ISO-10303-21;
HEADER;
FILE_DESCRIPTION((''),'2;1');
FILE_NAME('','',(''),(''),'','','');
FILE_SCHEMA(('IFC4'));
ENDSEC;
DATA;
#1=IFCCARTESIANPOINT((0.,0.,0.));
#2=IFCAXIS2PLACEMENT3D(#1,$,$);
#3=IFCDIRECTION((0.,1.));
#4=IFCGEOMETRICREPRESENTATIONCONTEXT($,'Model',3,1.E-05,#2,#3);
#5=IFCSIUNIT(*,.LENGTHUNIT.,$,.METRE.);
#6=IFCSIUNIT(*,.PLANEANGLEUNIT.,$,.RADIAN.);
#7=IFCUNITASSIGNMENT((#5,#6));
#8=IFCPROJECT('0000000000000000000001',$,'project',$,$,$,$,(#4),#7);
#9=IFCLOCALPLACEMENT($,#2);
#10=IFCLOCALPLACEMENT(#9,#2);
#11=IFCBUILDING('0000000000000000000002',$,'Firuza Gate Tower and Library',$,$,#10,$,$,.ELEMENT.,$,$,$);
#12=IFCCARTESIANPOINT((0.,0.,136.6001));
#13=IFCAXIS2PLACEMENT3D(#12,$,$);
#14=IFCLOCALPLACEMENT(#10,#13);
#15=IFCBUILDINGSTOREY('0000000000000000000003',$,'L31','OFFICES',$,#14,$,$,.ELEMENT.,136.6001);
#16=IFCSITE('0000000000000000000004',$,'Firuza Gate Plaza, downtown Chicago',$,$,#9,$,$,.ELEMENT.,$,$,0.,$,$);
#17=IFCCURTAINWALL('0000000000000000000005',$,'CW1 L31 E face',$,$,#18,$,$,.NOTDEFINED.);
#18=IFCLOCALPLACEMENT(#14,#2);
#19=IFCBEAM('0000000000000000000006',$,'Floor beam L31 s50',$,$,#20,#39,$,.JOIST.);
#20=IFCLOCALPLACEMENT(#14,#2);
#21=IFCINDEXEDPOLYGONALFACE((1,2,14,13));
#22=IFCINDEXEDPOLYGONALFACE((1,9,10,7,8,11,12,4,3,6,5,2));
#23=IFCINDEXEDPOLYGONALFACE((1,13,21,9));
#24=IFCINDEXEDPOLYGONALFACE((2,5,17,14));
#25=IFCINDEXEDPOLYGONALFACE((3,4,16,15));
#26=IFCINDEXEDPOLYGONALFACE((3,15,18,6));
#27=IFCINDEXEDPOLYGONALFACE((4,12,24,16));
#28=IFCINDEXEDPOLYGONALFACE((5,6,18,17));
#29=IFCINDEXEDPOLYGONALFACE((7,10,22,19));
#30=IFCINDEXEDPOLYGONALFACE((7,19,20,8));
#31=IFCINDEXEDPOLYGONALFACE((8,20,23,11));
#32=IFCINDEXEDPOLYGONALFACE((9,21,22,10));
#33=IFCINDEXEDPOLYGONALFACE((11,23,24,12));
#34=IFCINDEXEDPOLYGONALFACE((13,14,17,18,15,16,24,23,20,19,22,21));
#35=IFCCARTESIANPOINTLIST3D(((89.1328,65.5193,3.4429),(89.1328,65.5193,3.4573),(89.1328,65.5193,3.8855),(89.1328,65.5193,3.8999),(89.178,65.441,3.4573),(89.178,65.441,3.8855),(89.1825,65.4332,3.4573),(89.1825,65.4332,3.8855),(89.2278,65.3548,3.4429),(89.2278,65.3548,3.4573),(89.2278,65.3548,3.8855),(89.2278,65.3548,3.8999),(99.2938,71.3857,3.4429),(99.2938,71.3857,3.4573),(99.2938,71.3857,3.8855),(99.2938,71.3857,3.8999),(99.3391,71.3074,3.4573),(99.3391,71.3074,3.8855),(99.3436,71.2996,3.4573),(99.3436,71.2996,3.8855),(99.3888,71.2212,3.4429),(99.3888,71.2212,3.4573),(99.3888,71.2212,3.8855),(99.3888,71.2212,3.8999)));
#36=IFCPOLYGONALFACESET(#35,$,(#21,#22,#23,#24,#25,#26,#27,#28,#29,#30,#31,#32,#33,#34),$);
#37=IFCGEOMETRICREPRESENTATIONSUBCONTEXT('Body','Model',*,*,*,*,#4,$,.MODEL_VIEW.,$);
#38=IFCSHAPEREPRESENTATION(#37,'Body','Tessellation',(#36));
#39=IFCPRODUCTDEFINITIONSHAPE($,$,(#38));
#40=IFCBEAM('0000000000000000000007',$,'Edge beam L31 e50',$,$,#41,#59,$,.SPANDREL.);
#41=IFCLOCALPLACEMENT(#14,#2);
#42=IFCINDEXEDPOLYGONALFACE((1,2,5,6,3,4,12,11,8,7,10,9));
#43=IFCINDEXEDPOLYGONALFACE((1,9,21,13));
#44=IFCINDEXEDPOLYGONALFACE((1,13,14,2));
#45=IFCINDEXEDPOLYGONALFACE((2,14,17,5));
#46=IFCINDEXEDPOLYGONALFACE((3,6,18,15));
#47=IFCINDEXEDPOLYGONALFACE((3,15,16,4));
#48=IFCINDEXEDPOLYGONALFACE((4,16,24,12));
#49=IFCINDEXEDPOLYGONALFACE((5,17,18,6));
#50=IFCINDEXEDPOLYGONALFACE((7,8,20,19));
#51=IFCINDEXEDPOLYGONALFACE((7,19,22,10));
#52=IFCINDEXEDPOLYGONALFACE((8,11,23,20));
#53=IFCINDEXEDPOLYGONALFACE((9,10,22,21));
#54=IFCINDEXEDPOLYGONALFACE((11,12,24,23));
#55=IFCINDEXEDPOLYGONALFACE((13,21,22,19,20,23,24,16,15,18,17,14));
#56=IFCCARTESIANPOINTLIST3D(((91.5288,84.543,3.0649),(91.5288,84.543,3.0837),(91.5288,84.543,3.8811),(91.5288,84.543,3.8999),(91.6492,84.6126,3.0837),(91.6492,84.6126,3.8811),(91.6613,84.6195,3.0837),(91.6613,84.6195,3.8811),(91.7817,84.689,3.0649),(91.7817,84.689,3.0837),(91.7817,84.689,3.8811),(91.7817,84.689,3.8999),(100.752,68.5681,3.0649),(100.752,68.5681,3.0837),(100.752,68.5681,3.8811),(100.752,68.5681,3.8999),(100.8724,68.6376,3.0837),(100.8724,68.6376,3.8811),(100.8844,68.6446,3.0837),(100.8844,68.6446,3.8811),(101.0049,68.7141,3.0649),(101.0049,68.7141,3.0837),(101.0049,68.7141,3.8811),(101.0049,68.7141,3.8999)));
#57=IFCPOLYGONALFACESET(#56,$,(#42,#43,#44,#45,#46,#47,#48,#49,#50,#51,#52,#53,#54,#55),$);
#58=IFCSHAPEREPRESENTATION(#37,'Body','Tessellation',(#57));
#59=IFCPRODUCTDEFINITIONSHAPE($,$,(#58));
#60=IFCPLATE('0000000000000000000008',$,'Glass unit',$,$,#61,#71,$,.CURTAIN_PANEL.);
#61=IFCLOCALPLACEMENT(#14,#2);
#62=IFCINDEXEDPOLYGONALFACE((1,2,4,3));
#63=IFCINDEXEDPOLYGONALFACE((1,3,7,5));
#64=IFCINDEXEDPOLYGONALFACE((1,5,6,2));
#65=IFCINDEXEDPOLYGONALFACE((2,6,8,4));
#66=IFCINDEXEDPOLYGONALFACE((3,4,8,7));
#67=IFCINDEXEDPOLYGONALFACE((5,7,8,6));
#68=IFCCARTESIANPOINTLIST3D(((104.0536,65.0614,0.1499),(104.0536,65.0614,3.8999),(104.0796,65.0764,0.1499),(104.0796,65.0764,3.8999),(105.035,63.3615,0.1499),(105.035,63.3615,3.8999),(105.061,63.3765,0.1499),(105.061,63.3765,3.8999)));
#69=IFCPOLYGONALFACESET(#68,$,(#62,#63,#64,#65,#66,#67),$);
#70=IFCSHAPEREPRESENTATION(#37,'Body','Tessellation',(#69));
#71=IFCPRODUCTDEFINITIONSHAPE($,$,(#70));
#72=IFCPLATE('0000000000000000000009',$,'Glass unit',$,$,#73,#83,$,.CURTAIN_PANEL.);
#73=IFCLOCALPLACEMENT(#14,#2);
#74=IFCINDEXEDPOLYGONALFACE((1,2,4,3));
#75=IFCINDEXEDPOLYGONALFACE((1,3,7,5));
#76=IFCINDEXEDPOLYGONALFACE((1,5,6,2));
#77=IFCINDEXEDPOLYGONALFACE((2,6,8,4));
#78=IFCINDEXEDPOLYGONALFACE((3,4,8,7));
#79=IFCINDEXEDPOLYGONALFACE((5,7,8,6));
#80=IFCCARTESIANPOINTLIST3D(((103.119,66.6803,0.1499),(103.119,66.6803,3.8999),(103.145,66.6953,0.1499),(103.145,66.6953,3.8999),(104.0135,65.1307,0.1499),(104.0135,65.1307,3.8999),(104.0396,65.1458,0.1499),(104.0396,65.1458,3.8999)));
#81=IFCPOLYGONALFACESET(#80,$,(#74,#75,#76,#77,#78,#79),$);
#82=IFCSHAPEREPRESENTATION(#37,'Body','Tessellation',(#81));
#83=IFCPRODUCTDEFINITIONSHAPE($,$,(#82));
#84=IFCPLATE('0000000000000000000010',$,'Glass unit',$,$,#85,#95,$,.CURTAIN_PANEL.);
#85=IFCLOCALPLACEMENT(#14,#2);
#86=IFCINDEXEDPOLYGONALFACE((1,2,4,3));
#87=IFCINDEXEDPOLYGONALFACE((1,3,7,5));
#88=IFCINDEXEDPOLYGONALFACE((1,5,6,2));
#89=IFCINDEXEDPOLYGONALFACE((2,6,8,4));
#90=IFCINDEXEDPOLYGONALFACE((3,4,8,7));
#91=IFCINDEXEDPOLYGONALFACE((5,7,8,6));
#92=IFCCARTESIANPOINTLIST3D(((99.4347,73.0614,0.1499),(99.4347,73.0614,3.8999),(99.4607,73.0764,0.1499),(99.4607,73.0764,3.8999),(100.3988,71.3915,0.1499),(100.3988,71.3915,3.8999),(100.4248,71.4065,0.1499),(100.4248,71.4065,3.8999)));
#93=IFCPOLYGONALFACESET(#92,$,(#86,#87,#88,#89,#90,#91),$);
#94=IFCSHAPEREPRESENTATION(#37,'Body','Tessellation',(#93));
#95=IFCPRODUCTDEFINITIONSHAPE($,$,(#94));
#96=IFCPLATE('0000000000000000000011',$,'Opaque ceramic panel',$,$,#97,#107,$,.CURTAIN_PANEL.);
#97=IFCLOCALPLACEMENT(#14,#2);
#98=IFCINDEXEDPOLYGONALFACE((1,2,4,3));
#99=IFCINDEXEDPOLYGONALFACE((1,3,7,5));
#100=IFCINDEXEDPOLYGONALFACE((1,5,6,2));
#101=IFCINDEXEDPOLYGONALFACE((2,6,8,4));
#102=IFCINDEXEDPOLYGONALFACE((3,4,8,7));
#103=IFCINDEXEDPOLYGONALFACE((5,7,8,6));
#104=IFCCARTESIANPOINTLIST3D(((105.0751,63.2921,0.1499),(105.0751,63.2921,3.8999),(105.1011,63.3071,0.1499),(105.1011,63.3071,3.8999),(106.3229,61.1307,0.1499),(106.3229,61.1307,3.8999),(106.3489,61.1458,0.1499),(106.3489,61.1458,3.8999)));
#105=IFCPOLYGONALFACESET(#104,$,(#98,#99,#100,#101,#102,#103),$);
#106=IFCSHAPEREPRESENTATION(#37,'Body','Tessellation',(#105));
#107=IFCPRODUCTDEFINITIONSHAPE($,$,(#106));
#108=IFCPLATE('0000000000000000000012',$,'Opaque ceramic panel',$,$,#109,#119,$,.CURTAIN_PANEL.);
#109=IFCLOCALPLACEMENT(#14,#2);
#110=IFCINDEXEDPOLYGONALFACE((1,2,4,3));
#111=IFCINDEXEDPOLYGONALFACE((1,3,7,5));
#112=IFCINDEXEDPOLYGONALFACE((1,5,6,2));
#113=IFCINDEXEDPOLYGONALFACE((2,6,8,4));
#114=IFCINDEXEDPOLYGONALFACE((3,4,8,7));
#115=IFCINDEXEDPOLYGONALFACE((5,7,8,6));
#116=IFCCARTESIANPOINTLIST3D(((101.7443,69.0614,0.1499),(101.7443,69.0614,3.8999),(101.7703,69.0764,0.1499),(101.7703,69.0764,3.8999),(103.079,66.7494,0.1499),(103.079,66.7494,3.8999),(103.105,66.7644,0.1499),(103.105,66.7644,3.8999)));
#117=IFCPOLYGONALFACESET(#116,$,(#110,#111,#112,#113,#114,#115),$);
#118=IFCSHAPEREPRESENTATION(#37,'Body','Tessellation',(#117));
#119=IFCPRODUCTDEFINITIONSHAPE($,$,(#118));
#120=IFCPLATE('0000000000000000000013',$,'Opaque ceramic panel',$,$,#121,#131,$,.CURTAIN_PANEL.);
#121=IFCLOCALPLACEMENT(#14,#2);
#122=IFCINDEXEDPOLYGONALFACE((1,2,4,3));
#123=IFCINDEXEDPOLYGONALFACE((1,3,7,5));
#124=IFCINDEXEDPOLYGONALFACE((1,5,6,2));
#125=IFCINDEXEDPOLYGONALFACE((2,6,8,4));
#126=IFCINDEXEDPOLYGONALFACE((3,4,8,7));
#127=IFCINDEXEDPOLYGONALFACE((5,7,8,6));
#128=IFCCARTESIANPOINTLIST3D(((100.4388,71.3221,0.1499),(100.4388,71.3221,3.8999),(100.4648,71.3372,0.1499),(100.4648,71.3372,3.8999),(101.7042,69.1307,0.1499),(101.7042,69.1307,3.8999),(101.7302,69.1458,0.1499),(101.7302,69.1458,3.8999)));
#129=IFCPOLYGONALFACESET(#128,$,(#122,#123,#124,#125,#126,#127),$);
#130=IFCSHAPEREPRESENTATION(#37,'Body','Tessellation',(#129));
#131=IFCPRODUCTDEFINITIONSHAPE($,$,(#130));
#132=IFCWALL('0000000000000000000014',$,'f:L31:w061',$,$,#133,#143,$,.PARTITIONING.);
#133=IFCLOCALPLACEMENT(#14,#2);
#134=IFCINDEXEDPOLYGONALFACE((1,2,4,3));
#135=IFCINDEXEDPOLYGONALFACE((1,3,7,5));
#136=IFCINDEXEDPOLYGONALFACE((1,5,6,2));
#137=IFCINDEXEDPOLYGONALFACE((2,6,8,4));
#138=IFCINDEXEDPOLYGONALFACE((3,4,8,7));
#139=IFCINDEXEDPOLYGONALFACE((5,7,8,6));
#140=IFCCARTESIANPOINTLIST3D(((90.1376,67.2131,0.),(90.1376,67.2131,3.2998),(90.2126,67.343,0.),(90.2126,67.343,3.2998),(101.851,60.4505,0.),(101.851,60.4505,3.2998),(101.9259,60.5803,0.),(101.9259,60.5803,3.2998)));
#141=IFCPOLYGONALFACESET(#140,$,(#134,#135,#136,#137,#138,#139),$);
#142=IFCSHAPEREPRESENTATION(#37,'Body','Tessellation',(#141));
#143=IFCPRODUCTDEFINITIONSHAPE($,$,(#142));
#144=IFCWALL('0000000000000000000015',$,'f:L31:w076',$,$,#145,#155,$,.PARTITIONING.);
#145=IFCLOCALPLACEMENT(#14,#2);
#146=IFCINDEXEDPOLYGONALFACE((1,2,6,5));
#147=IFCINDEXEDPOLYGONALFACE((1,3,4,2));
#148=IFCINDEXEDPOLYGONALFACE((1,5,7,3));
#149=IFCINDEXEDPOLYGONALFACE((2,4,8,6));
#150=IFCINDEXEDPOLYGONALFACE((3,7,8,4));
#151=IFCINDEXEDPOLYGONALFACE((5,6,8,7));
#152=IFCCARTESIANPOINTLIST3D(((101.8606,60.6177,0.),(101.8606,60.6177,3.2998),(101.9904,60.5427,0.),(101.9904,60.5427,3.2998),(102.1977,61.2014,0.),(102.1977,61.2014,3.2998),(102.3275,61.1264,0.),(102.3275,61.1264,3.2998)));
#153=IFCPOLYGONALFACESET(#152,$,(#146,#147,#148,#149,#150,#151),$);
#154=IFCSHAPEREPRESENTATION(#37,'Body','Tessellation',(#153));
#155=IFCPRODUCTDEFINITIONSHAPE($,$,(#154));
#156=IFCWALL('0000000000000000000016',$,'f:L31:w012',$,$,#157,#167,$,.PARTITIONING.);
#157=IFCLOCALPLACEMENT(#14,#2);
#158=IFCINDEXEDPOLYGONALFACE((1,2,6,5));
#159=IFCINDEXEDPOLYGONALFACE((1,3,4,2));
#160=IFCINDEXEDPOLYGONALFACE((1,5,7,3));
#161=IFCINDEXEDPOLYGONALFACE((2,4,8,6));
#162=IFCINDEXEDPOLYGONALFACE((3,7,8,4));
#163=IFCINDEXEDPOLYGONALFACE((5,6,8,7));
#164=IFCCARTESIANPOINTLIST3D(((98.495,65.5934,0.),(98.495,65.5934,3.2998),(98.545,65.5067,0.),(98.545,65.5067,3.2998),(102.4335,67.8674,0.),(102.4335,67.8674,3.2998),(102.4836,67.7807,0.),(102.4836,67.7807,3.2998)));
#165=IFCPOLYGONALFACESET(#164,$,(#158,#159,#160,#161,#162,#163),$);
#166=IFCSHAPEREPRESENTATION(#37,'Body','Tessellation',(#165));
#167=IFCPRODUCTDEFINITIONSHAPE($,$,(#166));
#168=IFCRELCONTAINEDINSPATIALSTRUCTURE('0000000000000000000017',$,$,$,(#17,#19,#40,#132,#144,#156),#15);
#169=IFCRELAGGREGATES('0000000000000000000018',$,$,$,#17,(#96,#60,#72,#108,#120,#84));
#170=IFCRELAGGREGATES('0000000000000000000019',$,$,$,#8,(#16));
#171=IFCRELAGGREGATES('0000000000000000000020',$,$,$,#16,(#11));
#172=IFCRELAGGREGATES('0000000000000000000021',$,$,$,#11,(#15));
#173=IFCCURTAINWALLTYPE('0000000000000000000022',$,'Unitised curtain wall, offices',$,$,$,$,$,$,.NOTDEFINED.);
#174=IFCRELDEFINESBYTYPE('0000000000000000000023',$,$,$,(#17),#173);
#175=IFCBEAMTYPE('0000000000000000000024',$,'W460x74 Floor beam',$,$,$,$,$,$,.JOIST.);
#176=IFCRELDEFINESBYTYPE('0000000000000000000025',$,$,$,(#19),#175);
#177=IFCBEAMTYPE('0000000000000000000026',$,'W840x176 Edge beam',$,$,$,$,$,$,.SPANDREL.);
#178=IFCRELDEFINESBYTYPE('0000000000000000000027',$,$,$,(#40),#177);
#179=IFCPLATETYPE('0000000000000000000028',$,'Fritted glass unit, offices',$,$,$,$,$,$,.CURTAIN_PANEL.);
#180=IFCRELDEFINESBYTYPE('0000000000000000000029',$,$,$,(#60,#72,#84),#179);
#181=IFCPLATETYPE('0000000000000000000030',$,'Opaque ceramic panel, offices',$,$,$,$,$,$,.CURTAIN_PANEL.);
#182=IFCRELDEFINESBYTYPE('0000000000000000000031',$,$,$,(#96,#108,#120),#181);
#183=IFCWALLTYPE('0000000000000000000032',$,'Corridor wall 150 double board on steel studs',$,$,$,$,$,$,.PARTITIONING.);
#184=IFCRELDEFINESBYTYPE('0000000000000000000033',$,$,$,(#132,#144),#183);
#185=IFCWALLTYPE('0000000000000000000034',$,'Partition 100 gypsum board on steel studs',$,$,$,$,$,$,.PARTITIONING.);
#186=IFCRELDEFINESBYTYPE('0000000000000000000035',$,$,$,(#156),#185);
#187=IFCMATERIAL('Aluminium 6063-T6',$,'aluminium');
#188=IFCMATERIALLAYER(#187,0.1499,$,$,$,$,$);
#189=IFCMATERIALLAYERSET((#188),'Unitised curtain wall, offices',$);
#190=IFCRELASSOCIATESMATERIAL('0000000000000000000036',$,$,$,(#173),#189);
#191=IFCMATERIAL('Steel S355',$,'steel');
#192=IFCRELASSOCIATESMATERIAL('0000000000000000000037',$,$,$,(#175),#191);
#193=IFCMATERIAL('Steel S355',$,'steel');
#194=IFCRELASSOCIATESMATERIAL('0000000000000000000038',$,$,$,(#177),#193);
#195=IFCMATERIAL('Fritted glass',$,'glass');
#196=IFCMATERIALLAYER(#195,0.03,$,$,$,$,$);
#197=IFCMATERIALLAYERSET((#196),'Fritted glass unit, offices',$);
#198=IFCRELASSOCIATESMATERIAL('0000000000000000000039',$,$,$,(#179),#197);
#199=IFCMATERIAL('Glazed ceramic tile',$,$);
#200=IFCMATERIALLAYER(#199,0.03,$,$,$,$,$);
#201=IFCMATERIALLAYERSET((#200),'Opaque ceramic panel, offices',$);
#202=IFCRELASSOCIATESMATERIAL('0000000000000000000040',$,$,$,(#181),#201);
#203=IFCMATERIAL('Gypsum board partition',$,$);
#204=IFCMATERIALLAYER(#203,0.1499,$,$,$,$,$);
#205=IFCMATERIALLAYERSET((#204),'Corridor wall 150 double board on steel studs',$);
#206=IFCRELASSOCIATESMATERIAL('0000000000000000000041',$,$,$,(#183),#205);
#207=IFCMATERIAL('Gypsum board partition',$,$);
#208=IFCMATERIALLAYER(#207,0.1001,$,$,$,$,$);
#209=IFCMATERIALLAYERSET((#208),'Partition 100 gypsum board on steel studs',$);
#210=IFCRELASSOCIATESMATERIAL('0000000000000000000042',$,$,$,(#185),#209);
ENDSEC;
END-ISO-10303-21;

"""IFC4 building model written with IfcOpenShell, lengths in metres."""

from ifc_helpers import new_model, si_unit, direction, frame, frame_2d, origin, origin_2d, place, context, subcontext, project, spatial, polyline, rectangle, i_section, outline, extrude, material, layer, layer_set, material_profile, profile_set, type_object, element, aggregate, save


model = new_model("IFC4")

# Units and contexts
model_context = context("Model", 3, precision=1e-05, world=origin(), true_north=direction((0.0, 1.0)))
body_context = subcontext(model_context, "Body", "Model", "MODEL_VIEW")
ifc_project = project(units=[si_unit("LENGTHUNIT", "METRE"), si_unit("PLANEANGLEUNIT", "RADIAN")], contexts=[model_context])

# Site, building, storey
site_placement = place(None, origin())
site = spatial("IfcSite", under=ifc_project, at=site_placement, Name="Firuza Gate Plaza, downtown Chicago", CompositionType="ELEMENT", RefElevation=0.0)
building_placement = place(site_placement, origin())
building = spatial("IfcBuilding", under=site, at=building_placement, Name="Firuza Gate Tower and Library", CompositionType="ELEMENT")
storey_placement = place(building_placement, frame((0.0, 0.0, 136.6001)))
storey = spatial("IfcBuildingStorey", under=building, at=storey_placement, Name="L31", Description="OFFICES", CompositionType="ELEMENT", Elevation=136.6001)

# Curtain wall
ifc_material_1 = material(Name="Aluminium 6063-T6", Category="aluminium")
ifc_layer_1 = layer(ifc_material_1, 0.1499)
ifc_layer_set_1 = layer_set([ifc_layer_1], Name="Unitised curtain wall, offices")
curtain_wall_type_1 = type_object("IfcCurtainWallType", Name="Unitised curtain wall, offices", PredefinedType="NOTDEFINED", material=ifc_layer_set_1)
placement = place(storey_placement, origin())
curtain_wall_1 = element("IfcCurtainWall", 1, at=placement, inside=storey, type_object=curtain_wall_type_1, Name="CW1 L31 E face", PredefinedType="NOTDEFINED")

# Beams
ifc_material_2 = material(Name="Steel S355", Category="steel")
ifc_material_profile_1 = material_profile(ifc_material_2, i_section(OverallWidth=0.1899, OverallDepth=0.457, WebThickness=0.009, FlangeThickness=0.0144, at=origin_2d()))
ifc_profile_set_1 = profile_set([ifc_material_profile_1], Name="Steel S355")
beam_type_1 = type_object("IfcBeamType", Name="W460x74 Floor beam", PredefinedType="JOIST", material=ifc_profile_set_1)
beam_1_placement = place(storey_placement, frame((99.3413, 71.3035, 3.6714), z_axis=(-0.866028, -0.499995, 0.0), x_axis=(0.499995, -0.866028, 0.0)))
element("IfcBeam", 2, at=beam_1_placement, inside=storey, type_object=beam_type_1, Name="Floor beam L31 s50", PredefinedType="JOIST", context=body_context, shape_type="SweptSolid", body=[
    extrude(i_section(OverallWidth=0.1899, OverallDepth=0.457, WebThickness=0.009, FlangeThickness=0.0144, at=origin_2d()), origin(), (0.0, 0.0, 1.0), 11.7329),
])
ifc_material_3 = material(Name="Steel S355", Category="steel")
ifc_material_profile_2 = material_profile(ifc_material_3, i_section(OverallWidth=0.292, OverallDepth=0.835, WebThickness=0.0139, FlangeThickness=0.0188, at=origin_2d()))
ifc_profile_set_2 = profile_set([ifc_material_profile_2], Name="Steel S355")
beam_type_2 = type_object("IfcBeamType", Name="W840x176 Edge beam", PredefinedType="SPANDREL", material=ifc_profile_set_2)
beam_2_placement = place(storey_placement, frame((100.8784, 68.6411, 3.4824), z_axis=(-0.500002, 0.866024, 0.0), x_axis=(-0.866024, -0.500002, 0.0)))
element("IfcBeam", 3, at=beam_2_placement, inside=storey, type_object=beam_type_2, Name="Edge beam L31 e50", PredefinedType="SPANDREL", context=body_context, shape_type="SweptSolid", body=[
    extrude(i_section(OverallWidth=0.292, OverallDepth=0.835, WebThickness=0.0139, FlangeThickness=0.0188, at=origin_2d()), origin(), (0.0, 0.0, 1.0), 18.4463),
])

# Plates
ifc_material_4 = material(Name="Fritted glass", Category="glass")
ifc_layer_2 = layer(ifc_material_4, 0.03)
ifc_layer_set_2 = layer_set([ifc_layer_2], Name="Fritted glass unit, offices")
plate_type_1 = type_object("IfcPlateType", Name="Fritted glass unit, offices", PredefinedType="CURTAIN_PANEL", material=ifc_layer_set_2)
plate_1_placement = place(storey_placement, frame((105.061, 63.3765, 0.1499), z_axis=(0.86603, 0.499992, 0.0), x_axis=(-0.499992, 0.86603, 0.0)))
plate_1 = element("IfcPlate", 4, at=plate_1_placement, type_object=plate_type_1, Name="Glass unit", PredefinedType="CURTAIN_PANEL", context=body_context, shape_type="SweptSolid", body=[
    extrude(outline(polyline([(0.0, 0.0), (1.9629, 0.0), (1.9629, 3.75), (0.0, 3.75), (0.0, 0.0)])), origin(), (0.0, 0.0, -1.0), 0.03),
])
plate_2_placement = place(storey_placement, frame((104.0396, 65.1458, 0.1499), z_axis=(0.866052, 0.499955, 0.0), x_axis=(-0.499955, 0.866052, 0.0)))
plate_2 = element("IfcPlate", 5, at=plate_2_placement, type_object=plate_type_1, Name="Glass unit", PredefinedType="CURTAIN_PANEL", context=body_context, shape_type="SweptSolid", body=[
    extrude(outline(polyline([(0.0, 0.0), (1.7892, 0.0), (1.7892, 3.75), (0.0, 3.75), (0.0, 0.0)])), origin(), (0.0, 0.0, -1.0), 0.03),
])
plate_3_placement = place(storey_placement, frame((100.4248, 71.4065, 0.1499), z_axis=(0.86603, 0.499993, 0.0), x_axis=(-0.499993, 0.86603, 0.0)))
plate_3 = element("IfcPlate", 6, at=plate_3_placement, type_object=plate_type_1, Name="Glass unit", PredefinedType="CURTAIN_PANEL", context=body_context, shape_type="SweptSolid", body=[
    extrude(outline(polyline([(0.0, 0.0), (1.9283, 0.0), (1.9283, 3.75), (0.0, 3.75), (0.0, 0.0)])), origin(), (0.0, 0.0, -1.0), 0.03),
])
ifc_material_5 = material(Name="Glazed ceramic tile")
ifc_layer_3 = layer(ifc_material_5, 0.03)
ifc_layer_set_3 = layer_set([ifc_layer_3], Name="Opaque ceramic panel, offices")
plate_type_2 = type_object("IfcPlateType", Name="Opaque ceramic panel, offices", PredefinedType="CURTAIN_PANEL", material=ifc_layer_set_3)
plate_4_placement = place(storey_placement, frame((106.3489, 61.1458, 0.1499), z_axis=(0.866037, 0.499979, 0.0), x_axis=(-0.499979, 0.866037, 0.0)))
plate_4 = element("IfcPlate", 7, at=plate_4_placement, type_object=plate_type_2, Name="Opaque ceramic panel", PredefinedType="CURTAIN_PANEL", context=body_context, shape_type="SweptSolid", body=[
    extrude(outline(polyline([(0.0, 0.0), (2.4957, 0.0), (2.4957, 3.75), (0.0, 3.75), (0.0, 0.0)])), origin(), (0.0, 0.0, -1.0), 0.03),
])
plate_5_placement = place(storey_placement, frame((103.105, 66.7644, 0.1499), z_axis=(0.866045, 0.499965, 0.0), x_axis=(-0.499965, 0.866045, 0.0)))
plate_5 = element("IfcPlate", 8, at=plate_5_placement, type_object=plate_type_2, Name="Opaque ceramic panel", PredefinedType="CURTAIN_PANEL", context=body_context, shape_type="SweptSolid", body=[
    extrude(outline(polyline([(0.0, 0.0), (2.6696, 0.0), (2.6696, 3.75), (0.0, 3.75), (0.0, 0.0)])), origin(), (0.0, 0.0, -1.0), 0.03),
])
plate_6_placement = place(storey_placement, frame((101.7302, 69.1458, 0.1499), z_axis=(0.865996, 0.500051, 0.0), x_axis=(-0.500051, 0.865996, 0.0)))
plate_6 = element("IfcPlate", 9, at=plate_6_placement, type_object=plate_type_2, Name="Opaque ceramic panel", PredefinedType="CURTAIN_PANEL", context=body_context, shape_type="SweptSolid", body=[
    extrude(outline(polyline([(0.0, 0.0), (2.5305, 0.0), (2.5305, 3.75), (0.0, 3.75), (0.0, 0.0)])), origin(), (0.0, 0.0, -1.0), 0.03),
])
aggregate(curtain_wall_1, [plate_4, plate_1, plate_2, plate_5, plate_6, plate_3])

# Walls
ifc_material_6 = material(Name="Gypsum board partition")
ifc_layer_4 = layer(ifc_material_6, 0.1499)
ifc_layer_set_4 = layer_set([ifc_layer_4], Name="Corridor wall 150 double board on steel studs")
wall_type_1 = type_object("IfcWallType", Name="Corridor wall 150 double board on steel studs", PredefinedType="PARTITIONING", material=ifc_layer_set_4)
wall_1_placement = place(storey_placement, frame((101.8884, 60.5154, 0.0), z_axis=(0.0, 0.0, 1.0), x_axis=(-0.866026, 0.499998, 0.0)))
element("IfcWall", 10, at=wall_1_placement, inside=storey, type_object=wall_type_1, Name="f:L31:w061", PredefinedType="PARTITIONING", context=body_context, shape_type="SweptSolid", body=[
    extrude(rectangle(XDim=13.5254, YDim=0.1499, at=frame_2d((6.7627, 0.0))), origin(), (0.0, 0.0, 1.0), 3.2998),
])
wall_2_placement = place(storey_placement, frame((101.9255, 60.5803, 0.0), z_axis=(0.0, 0.0, 1.0), x_axis=(0.500151, 0.865938, 0.0)))
element("IfcWall", 11, at=wall_2_placement, inside=storey, type_object=wall_type_1, Name="f:L31:w076", PredefinedType="PARTITIONING", context=body_context, shape_type="SweptSolid", body=[
    extrude(rectangle(XDim=0.6741, YDim=0.1499, at=frame_2d((0.3369, 0.0))), origin(), (0.0, 0.0, 1.0), 3.2998),
])
ifc_material_7 = material(Name="Gypsum board partition")
ifc_layer_5 = layer(ifc_material_7, 0.1001)
ifc_layer_set_5 = layer_set([ifc_layer_5], Name="Partition 100 gypsum board on steel studs")
wall_type_2 = type_object("IfcWallType", Name="Partition 100 gypsum board on steel studs", PredefinedType="PARTITIONING", material=ifc_layer_set_5)
wall_3_placement = place(storey_placement, frame((98.52, 65.55, 0.0), z_axis=(0.0, 0.0, 1.0), x_axis=(0.866021, 0.500007, 0.0)))
element("IfcWall", 12, at=wall_3_placement, inside=storey, type_object=wall_type_2, Name="f:L31:w012", PredefinedType="PARTITIONING", context=body_context, shape_type="SweptSolid", body=[
    extrude(rectangle(XDim=4.5479, YDim=0.1001, at=frame_2d((2.2739, 0.0))), origin(), (0.0, 0.0, 1.0), 3.2998),
])

save(model, "model.ifc")
